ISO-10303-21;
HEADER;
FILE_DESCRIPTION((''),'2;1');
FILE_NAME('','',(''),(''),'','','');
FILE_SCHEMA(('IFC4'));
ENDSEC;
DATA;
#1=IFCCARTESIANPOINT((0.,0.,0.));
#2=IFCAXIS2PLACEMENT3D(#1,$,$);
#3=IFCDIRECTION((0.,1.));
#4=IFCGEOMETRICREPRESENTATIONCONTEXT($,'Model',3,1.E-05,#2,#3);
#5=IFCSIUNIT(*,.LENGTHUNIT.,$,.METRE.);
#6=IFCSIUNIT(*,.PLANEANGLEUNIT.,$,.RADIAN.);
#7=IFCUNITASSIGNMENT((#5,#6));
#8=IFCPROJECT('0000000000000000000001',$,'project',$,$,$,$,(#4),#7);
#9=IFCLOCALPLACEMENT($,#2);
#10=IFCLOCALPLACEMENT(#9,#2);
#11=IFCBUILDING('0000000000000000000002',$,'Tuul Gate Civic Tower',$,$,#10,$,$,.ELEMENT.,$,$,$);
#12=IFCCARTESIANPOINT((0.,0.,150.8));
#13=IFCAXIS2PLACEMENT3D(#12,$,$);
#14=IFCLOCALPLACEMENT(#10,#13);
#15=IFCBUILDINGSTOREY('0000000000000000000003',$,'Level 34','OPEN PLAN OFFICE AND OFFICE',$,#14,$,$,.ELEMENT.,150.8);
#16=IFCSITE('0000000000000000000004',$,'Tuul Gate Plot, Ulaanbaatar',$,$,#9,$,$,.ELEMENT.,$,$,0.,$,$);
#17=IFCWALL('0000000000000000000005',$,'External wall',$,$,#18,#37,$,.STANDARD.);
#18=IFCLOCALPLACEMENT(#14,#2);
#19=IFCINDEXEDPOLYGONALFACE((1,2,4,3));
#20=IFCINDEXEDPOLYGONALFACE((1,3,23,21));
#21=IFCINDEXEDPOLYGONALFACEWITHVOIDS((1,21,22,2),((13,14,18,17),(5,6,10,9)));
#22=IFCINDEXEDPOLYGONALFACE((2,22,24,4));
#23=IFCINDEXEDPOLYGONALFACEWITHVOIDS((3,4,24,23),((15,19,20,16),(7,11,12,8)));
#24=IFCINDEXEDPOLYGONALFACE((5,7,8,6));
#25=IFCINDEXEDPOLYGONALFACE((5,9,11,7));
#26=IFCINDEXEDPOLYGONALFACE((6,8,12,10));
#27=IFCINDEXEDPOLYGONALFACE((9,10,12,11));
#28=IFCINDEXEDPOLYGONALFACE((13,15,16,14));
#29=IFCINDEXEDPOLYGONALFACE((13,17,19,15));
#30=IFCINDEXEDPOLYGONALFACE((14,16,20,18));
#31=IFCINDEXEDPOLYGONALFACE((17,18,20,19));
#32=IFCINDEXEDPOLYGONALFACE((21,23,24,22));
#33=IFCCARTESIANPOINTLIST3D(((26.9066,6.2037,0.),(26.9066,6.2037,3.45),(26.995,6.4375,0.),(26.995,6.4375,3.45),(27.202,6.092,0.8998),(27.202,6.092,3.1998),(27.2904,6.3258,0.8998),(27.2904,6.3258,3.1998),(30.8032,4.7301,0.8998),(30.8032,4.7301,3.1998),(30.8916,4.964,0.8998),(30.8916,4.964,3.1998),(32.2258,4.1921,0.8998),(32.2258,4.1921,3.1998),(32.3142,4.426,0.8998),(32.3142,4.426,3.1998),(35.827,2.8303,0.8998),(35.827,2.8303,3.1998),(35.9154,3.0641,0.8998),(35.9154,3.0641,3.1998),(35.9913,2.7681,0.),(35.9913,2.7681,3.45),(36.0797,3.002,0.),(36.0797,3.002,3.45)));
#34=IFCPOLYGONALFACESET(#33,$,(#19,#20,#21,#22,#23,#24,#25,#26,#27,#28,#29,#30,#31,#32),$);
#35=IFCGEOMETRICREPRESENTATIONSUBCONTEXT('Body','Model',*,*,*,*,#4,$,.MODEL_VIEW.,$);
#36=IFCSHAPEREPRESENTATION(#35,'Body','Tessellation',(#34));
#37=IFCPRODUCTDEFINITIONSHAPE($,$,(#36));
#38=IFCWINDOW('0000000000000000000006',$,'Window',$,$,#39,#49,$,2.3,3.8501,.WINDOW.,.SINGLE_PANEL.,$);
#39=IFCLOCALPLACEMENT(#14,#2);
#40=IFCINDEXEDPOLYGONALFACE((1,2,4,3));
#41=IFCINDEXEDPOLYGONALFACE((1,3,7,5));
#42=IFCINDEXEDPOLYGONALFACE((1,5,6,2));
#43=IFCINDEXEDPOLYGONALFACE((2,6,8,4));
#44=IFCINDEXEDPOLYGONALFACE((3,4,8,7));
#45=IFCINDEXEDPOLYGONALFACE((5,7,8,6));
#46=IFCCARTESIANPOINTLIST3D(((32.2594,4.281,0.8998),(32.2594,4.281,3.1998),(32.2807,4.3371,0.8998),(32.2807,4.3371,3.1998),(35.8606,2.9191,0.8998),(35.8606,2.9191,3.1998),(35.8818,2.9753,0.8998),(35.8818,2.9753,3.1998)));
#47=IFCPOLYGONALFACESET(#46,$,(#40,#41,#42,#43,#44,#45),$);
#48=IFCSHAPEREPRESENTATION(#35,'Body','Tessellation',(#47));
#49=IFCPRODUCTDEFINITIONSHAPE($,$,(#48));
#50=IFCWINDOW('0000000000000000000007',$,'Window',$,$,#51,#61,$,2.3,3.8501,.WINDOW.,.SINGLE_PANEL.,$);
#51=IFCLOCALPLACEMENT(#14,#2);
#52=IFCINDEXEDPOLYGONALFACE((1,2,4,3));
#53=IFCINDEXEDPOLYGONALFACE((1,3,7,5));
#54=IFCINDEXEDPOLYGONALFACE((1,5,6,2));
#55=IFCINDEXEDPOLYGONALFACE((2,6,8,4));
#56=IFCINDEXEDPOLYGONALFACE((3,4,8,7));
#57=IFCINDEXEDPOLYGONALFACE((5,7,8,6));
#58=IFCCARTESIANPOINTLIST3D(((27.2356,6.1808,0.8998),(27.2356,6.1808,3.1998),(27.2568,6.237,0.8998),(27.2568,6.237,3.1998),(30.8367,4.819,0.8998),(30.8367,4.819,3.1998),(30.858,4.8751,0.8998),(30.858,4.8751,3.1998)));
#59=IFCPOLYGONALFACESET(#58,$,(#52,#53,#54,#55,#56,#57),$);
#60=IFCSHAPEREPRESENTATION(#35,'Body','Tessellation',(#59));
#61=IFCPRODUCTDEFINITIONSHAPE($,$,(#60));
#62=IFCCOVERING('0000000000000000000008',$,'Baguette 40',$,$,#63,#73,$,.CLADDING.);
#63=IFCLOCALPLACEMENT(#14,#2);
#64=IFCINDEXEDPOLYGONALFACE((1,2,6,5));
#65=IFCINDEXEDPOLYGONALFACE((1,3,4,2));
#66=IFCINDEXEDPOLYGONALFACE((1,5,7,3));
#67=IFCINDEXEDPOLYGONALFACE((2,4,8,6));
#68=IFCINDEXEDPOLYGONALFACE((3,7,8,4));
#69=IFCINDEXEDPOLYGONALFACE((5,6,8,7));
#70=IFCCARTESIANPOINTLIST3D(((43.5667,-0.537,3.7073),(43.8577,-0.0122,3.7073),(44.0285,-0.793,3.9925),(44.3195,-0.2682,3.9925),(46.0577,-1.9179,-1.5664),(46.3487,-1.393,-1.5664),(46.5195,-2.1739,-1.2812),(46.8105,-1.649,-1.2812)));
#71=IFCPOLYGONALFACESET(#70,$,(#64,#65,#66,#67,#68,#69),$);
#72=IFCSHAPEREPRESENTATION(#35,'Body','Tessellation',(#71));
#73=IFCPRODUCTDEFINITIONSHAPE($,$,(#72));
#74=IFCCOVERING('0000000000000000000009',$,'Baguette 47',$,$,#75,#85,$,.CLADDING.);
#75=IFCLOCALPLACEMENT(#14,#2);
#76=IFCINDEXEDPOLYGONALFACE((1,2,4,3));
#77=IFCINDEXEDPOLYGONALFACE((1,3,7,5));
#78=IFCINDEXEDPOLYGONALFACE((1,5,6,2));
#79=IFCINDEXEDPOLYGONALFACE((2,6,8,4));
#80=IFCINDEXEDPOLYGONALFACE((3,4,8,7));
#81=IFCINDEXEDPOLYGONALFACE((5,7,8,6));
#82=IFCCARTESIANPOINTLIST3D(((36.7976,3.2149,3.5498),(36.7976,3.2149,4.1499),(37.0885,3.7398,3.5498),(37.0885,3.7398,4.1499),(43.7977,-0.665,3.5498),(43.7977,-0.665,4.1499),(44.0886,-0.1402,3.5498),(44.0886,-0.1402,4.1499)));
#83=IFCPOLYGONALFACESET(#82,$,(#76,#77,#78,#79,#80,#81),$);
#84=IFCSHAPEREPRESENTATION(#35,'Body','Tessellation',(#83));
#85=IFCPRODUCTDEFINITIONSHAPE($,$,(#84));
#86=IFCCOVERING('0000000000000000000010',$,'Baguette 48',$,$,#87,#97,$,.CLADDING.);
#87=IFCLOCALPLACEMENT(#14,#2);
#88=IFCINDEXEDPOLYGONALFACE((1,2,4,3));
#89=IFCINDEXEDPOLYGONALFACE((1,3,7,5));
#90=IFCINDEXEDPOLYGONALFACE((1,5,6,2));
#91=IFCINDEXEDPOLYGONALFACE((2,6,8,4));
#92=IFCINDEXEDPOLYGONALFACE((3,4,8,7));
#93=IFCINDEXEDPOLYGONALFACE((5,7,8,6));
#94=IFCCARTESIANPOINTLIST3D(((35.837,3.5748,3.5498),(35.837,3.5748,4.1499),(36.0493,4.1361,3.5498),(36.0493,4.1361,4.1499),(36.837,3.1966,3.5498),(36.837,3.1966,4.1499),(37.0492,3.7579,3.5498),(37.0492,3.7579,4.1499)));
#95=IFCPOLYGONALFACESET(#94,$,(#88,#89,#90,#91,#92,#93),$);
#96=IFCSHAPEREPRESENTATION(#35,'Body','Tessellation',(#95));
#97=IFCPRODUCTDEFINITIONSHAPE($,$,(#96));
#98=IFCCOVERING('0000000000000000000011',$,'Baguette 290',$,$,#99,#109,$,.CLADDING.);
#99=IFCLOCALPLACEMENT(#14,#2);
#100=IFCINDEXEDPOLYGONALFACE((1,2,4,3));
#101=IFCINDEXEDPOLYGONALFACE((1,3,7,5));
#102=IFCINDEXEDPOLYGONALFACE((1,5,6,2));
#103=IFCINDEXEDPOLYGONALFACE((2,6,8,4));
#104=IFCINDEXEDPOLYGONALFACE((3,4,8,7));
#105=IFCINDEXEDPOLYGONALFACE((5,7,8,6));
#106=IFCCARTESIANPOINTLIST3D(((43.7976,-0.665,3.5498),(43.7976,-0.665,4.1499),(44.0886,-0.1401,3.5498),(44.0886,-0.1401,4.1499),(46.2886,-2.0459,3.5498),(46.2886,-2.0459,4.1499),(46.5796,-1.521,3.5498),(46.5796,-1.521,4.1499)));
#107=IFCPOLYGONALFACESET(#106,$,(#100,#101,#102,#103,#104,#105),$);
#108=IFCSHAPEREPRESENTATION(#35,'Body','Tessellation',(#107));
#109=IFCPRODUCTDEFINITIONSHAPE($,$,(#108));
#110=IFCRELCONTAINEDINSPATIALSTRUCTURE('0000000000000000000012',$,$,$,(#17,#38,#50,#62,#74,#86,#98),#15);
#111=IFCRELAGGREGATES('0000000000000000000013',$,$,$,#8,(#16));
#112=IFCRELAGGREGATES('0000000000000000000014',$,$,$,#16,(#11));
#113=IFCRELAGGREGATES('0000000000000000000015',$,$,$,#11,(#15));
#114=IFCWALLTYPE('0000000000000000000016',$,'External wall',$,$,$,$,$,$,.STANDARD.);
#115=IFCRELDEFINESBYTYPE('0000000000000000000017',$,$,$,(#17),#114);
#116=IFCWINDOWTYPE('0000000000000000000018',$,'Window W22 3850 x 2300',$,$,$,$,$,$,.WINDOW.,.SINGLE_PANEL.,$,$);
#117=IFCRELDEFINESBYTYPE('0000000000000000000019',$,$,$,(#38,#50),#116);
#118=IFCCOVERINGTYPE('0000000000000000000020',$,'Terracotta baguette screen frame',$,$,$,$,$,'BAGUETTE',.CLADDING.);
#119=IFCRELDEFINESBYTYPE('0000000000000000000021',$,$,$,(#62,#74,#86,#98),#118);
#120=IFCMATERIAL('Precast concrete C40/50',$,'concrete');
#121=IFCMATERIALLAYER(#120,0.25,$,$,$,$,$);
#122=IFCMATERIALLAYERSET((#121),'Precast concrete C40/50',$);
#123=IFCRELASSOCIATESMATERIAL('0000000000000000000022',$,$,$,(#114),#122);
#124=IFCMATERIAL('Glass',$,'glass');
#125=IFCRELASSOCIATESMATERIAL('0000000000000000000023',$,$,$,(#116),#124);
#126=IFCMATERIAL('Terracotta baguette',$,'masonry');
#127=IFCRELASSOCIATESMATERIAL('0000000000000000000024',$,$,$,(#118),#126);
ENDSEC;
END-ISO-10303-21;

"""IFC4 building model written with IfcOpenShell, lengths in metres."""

from ifc_helpers import new_model, si_unit, direction, frame, frame_2d, origin, origin_2d, place, context, subcontext, project, spatial, rectangle, extrude, material, layer, layer_set, material_profile, profile_set, type_object, element, fill, save


model = new_model("IFC4")

# Units and contexts
model_context = context("Model", 3, precision=1e-05, world=origin(), true_north=direction((0.0, 1.0)))
body_context = subcontext(model_context, "Body", "Model", "MODEL_VIEW")
ifc_project = project(units=[si_unit("LENGTHUNIT", "METRE"), si_unit("PLANEANGLEUNIT", "RADIAN")], contexts=[model_context])

# Site, building, storey
site_placement = place(None, origin())
site = spatial("IfcSite", under=ifc_project, at=site_placement, Name="Tuul Gate Plot, Ulaanbaatar", CompositionType="ELEMENT", RefElevation=0.0)
building_placement = place(site_placement, origin())
building = spatial("IfcBuilding", under=site, at=building_placement, Name="Tuul Gate Civic Tower", CompositionType="ELEMENT")
storey_placement = place(building_placement, frame((0.0, 0.0, 150.8)))
storey = spatial("IfcBuildingStorey", under=building, at=storey_placement, Name="Level 34", Description="OPEN PLAN OFFICE AND OFFICE", CompositionType="ELEMENT", Elevation=150.8)

# Wall, openings, windows
ifc_material_1 = material(Name="Precast concrete C40/50", Category="concrete")
ifc_layer_1 = layer(ifc_material_1, 0.25)
ifc_layer_set_1 = layer_set([ifc_layer_1], Name="Precast concrete C40/50")
wall_type_1 = type_object("IfcWallType", Name="External wall", PredefinedType="STANDARD", material=ifc_layer_set_1)
ifc_material_2 = material(Name="Glass", Category="glass")
window_type = type_object("IfcWindowType", Name="Window W22 3850 x 2300", PartitioningType="SINGLE_PANEL", PredefinedType="WINDOW", material=ifc_material_2)
wall_1_placement = place(storey_placement, frame((36.0356, 2.885, 0.0), z_axis=(0.0, 0.0, 1.0), x_axis=(-0.935351, 0.35372, 0.0)))
wall_1 = element("IfcWall", 1, at=wall_1_placement, inside=storey, type_object=wall_type_1, Name="External wall", PredefinedType="STANDARD", context=body_context, shape_type="SweptSolid", body=[
    extrude(rectangle(XDim=9.7126, YDim=0.25, at=frame_2d((4.8564, 0.0))), origin(), (0.0, 0.0, 1.0), 3.45),
])
opening_1_placement = place(wall_1_placement, frame((0.1758, 0.0, 0.8999)))
opening_1 = element("IfcOpeningElement", 2, at=opening_1_placement, cuts=wall_1, PredefinedType="OPENING", context=body_context, shape_type="SweptSolid", body=[
    extrude(rectangle(XDim=3.8501, YDim=2.3, at=frame_2d((1.925, 1.1499))), frame((0.0, 0.135, 0.0), z_axis=(0.0, -1.0, 0.0), x_axis=(1.0, 0.0, 0.0)), (0.0, 0.0, 1.0), 0.27),
])
opening_2_placement = place(wall_1_placement, frame((5.5469, 0.0, 0.8999)))
opening_2 = element("IfcOpeningElement", 3, at=opening_2_placement, cuts=wall_1, PredefinedType="OPENING", context=body_context, shape_type="SweptSolid", body=[
    extrude(rectangle(XDim=3.8501, YDim=2.3, at=frame_2d((1.925, 1.1499))), frame((0.0, 0.135, 0.0), z_axis=(0.0, -1.0, 0.0), x_axis=(1.0, 0.0, 0.0)), (0.0, 0.0, 1.0), 0.27),
])
window_1_placement = place(opening_1_placement, origin())
window_1 = element("IfcWindow", 4, at=window_1_placement, inside=storey, type_object=window_type, Name="Window", OverallHeight=2.3, OverallWidth=3.8501, PartitioningType="SINGLE_PANEL", PredefinedType="WINDOW", context=body_context, shape_type="SweptSolid", body=[
    extrude(rectangle(XDim=3.8501, YDim=2.3, at=frame_2d((1.925, 1.1499))), frame((0.0, 0.03, 0.0), z_axis=(0.0, -1.0, 0.0), x_axis=(1.0, 0.0, 0.0)), (0.0, 0.0, 1.0), 0.0601),
])
fill(opening_1, window_1)
window_2_placement = place(opening_2_placement, origin())
window_2 = element("IfcWindow", 5, at=window_2_placement, inside=storey, type_object=window_type, Name="Window", OverallHeight=2.3, OverallWidth=3.8501, PartitioningType="SINGLE_PANEL", PredefinedType="WINDOW", context=body_context, shape_type="SweptSolid", body=[
    extrude(rectangle(XDim=3.8501, YDim=2.3, at=frame_2d((1.925, 1.1499))), frame((0.0, 0.03, 0.0), z_axis=(0.0, -1.0, 0.0), x_axis=(1.0, 0.0, 0.0)), (0.0, 0.0, 1.0), 0.0601),
])
fill(opening_2, window_2)

# Coverings
ifc_material_3 = material(Name="Terracotta baguette", Category="masonry")
ifc_material_profile_1 = material_profile(ifc_material_3, rectangle(XDim=0.6001, YDim=0.6001, at=origin_2d()), Name="Terracotta baguette screen frame")
ifc_profile_set_1 = profile_set([ifc_material_profile_1], Name="Terracotta baguette")
covering_type = type_object("IfcCoveringType", Name="Terracotta baguette screen frame", ElementType="BAGUETTE", PredefinedType="CLADDING", material=ifc_profile_set_1)
covering_1_placement = place(storey_placement, frame((46.4341, -1.7834, -1.4238), z_axis=(-0.415603, 0.230388, 0.879883), x_axis=(-0.484835, -0.874606, 0.0)))
element("IfcCovering", 6, at=covering_1_placement, inside=storey, type_object=covering_type, Name="Baguette 40", PredefinedType="CLADDING", context=body_context, shape_type="SweptSolid", body=[
    extrude(rectangle(XDim=0.6001, YDim=0.6001, at=origin_2d()), origin(), (0.0, 0.0, 1.0), 5.9937),
])
covering_2_placement = place(storey_placement, frame((43.9431, -0.4026, 3.8499), z_axis=(-0.874635, 0.484783, 0.0), x_axis=(-0.484783, -0.874635, 0.0)))
element("IfcCovering", 7, at=covering_2_placement, inside=storey, type_object=covering_type, Name="Baguette 47", PredefinedType="CLADDING", context=body_context, shape_type="SweptSolid", body=[
    extrude(rectangle(XDim=0.6001, YDim=0.6001, at=origin_2d()), origin(), (0.0, 0.0, 1.0), 8.0034),
])
covering_3_placement = place(storey_placement, frame((36.9431, 3.4773, 3.8499), z_axis=(-0.93535, 0.353725, 0.0), x_axis=(-0.353725, -0.93535, 0.0)))
element("IfcCovering", 8, at=covering_3_placement, inside=storey, type_object=covering_type, Name="Baguette 48", PredefinedType="CLADDING", context=body_context, shape_type="SweptSolid", body=[
    extrude(rectangle(XDim=0.6001, YDim=0.6001, at=origin_2d()), origin(), (0.0, 0.0, 1.0), 1.0691),
])
covering_4_placement = place(storey_placement, frame((46.4341, -1.7834, 3.8499), z_axis=(-0.874606, 0.484835, 0.0), x_axis=(-0.484835, -0.874606, 0.0)))
element("IfcCovering", 9, at=covering_4_placement, inside=storey, type_object=covering_type, Name="Baguette 290", PredefinedType="CLADDING", context=body_context, shape_type="SweptSolid", body=[
    extrude(rectangle(XDim=0.6001, YDim=0.6001, at=origin_2d()), origin(), (0.0, 0.0, 1.0), 2.8481),
])

save(model, "model.ifc")
